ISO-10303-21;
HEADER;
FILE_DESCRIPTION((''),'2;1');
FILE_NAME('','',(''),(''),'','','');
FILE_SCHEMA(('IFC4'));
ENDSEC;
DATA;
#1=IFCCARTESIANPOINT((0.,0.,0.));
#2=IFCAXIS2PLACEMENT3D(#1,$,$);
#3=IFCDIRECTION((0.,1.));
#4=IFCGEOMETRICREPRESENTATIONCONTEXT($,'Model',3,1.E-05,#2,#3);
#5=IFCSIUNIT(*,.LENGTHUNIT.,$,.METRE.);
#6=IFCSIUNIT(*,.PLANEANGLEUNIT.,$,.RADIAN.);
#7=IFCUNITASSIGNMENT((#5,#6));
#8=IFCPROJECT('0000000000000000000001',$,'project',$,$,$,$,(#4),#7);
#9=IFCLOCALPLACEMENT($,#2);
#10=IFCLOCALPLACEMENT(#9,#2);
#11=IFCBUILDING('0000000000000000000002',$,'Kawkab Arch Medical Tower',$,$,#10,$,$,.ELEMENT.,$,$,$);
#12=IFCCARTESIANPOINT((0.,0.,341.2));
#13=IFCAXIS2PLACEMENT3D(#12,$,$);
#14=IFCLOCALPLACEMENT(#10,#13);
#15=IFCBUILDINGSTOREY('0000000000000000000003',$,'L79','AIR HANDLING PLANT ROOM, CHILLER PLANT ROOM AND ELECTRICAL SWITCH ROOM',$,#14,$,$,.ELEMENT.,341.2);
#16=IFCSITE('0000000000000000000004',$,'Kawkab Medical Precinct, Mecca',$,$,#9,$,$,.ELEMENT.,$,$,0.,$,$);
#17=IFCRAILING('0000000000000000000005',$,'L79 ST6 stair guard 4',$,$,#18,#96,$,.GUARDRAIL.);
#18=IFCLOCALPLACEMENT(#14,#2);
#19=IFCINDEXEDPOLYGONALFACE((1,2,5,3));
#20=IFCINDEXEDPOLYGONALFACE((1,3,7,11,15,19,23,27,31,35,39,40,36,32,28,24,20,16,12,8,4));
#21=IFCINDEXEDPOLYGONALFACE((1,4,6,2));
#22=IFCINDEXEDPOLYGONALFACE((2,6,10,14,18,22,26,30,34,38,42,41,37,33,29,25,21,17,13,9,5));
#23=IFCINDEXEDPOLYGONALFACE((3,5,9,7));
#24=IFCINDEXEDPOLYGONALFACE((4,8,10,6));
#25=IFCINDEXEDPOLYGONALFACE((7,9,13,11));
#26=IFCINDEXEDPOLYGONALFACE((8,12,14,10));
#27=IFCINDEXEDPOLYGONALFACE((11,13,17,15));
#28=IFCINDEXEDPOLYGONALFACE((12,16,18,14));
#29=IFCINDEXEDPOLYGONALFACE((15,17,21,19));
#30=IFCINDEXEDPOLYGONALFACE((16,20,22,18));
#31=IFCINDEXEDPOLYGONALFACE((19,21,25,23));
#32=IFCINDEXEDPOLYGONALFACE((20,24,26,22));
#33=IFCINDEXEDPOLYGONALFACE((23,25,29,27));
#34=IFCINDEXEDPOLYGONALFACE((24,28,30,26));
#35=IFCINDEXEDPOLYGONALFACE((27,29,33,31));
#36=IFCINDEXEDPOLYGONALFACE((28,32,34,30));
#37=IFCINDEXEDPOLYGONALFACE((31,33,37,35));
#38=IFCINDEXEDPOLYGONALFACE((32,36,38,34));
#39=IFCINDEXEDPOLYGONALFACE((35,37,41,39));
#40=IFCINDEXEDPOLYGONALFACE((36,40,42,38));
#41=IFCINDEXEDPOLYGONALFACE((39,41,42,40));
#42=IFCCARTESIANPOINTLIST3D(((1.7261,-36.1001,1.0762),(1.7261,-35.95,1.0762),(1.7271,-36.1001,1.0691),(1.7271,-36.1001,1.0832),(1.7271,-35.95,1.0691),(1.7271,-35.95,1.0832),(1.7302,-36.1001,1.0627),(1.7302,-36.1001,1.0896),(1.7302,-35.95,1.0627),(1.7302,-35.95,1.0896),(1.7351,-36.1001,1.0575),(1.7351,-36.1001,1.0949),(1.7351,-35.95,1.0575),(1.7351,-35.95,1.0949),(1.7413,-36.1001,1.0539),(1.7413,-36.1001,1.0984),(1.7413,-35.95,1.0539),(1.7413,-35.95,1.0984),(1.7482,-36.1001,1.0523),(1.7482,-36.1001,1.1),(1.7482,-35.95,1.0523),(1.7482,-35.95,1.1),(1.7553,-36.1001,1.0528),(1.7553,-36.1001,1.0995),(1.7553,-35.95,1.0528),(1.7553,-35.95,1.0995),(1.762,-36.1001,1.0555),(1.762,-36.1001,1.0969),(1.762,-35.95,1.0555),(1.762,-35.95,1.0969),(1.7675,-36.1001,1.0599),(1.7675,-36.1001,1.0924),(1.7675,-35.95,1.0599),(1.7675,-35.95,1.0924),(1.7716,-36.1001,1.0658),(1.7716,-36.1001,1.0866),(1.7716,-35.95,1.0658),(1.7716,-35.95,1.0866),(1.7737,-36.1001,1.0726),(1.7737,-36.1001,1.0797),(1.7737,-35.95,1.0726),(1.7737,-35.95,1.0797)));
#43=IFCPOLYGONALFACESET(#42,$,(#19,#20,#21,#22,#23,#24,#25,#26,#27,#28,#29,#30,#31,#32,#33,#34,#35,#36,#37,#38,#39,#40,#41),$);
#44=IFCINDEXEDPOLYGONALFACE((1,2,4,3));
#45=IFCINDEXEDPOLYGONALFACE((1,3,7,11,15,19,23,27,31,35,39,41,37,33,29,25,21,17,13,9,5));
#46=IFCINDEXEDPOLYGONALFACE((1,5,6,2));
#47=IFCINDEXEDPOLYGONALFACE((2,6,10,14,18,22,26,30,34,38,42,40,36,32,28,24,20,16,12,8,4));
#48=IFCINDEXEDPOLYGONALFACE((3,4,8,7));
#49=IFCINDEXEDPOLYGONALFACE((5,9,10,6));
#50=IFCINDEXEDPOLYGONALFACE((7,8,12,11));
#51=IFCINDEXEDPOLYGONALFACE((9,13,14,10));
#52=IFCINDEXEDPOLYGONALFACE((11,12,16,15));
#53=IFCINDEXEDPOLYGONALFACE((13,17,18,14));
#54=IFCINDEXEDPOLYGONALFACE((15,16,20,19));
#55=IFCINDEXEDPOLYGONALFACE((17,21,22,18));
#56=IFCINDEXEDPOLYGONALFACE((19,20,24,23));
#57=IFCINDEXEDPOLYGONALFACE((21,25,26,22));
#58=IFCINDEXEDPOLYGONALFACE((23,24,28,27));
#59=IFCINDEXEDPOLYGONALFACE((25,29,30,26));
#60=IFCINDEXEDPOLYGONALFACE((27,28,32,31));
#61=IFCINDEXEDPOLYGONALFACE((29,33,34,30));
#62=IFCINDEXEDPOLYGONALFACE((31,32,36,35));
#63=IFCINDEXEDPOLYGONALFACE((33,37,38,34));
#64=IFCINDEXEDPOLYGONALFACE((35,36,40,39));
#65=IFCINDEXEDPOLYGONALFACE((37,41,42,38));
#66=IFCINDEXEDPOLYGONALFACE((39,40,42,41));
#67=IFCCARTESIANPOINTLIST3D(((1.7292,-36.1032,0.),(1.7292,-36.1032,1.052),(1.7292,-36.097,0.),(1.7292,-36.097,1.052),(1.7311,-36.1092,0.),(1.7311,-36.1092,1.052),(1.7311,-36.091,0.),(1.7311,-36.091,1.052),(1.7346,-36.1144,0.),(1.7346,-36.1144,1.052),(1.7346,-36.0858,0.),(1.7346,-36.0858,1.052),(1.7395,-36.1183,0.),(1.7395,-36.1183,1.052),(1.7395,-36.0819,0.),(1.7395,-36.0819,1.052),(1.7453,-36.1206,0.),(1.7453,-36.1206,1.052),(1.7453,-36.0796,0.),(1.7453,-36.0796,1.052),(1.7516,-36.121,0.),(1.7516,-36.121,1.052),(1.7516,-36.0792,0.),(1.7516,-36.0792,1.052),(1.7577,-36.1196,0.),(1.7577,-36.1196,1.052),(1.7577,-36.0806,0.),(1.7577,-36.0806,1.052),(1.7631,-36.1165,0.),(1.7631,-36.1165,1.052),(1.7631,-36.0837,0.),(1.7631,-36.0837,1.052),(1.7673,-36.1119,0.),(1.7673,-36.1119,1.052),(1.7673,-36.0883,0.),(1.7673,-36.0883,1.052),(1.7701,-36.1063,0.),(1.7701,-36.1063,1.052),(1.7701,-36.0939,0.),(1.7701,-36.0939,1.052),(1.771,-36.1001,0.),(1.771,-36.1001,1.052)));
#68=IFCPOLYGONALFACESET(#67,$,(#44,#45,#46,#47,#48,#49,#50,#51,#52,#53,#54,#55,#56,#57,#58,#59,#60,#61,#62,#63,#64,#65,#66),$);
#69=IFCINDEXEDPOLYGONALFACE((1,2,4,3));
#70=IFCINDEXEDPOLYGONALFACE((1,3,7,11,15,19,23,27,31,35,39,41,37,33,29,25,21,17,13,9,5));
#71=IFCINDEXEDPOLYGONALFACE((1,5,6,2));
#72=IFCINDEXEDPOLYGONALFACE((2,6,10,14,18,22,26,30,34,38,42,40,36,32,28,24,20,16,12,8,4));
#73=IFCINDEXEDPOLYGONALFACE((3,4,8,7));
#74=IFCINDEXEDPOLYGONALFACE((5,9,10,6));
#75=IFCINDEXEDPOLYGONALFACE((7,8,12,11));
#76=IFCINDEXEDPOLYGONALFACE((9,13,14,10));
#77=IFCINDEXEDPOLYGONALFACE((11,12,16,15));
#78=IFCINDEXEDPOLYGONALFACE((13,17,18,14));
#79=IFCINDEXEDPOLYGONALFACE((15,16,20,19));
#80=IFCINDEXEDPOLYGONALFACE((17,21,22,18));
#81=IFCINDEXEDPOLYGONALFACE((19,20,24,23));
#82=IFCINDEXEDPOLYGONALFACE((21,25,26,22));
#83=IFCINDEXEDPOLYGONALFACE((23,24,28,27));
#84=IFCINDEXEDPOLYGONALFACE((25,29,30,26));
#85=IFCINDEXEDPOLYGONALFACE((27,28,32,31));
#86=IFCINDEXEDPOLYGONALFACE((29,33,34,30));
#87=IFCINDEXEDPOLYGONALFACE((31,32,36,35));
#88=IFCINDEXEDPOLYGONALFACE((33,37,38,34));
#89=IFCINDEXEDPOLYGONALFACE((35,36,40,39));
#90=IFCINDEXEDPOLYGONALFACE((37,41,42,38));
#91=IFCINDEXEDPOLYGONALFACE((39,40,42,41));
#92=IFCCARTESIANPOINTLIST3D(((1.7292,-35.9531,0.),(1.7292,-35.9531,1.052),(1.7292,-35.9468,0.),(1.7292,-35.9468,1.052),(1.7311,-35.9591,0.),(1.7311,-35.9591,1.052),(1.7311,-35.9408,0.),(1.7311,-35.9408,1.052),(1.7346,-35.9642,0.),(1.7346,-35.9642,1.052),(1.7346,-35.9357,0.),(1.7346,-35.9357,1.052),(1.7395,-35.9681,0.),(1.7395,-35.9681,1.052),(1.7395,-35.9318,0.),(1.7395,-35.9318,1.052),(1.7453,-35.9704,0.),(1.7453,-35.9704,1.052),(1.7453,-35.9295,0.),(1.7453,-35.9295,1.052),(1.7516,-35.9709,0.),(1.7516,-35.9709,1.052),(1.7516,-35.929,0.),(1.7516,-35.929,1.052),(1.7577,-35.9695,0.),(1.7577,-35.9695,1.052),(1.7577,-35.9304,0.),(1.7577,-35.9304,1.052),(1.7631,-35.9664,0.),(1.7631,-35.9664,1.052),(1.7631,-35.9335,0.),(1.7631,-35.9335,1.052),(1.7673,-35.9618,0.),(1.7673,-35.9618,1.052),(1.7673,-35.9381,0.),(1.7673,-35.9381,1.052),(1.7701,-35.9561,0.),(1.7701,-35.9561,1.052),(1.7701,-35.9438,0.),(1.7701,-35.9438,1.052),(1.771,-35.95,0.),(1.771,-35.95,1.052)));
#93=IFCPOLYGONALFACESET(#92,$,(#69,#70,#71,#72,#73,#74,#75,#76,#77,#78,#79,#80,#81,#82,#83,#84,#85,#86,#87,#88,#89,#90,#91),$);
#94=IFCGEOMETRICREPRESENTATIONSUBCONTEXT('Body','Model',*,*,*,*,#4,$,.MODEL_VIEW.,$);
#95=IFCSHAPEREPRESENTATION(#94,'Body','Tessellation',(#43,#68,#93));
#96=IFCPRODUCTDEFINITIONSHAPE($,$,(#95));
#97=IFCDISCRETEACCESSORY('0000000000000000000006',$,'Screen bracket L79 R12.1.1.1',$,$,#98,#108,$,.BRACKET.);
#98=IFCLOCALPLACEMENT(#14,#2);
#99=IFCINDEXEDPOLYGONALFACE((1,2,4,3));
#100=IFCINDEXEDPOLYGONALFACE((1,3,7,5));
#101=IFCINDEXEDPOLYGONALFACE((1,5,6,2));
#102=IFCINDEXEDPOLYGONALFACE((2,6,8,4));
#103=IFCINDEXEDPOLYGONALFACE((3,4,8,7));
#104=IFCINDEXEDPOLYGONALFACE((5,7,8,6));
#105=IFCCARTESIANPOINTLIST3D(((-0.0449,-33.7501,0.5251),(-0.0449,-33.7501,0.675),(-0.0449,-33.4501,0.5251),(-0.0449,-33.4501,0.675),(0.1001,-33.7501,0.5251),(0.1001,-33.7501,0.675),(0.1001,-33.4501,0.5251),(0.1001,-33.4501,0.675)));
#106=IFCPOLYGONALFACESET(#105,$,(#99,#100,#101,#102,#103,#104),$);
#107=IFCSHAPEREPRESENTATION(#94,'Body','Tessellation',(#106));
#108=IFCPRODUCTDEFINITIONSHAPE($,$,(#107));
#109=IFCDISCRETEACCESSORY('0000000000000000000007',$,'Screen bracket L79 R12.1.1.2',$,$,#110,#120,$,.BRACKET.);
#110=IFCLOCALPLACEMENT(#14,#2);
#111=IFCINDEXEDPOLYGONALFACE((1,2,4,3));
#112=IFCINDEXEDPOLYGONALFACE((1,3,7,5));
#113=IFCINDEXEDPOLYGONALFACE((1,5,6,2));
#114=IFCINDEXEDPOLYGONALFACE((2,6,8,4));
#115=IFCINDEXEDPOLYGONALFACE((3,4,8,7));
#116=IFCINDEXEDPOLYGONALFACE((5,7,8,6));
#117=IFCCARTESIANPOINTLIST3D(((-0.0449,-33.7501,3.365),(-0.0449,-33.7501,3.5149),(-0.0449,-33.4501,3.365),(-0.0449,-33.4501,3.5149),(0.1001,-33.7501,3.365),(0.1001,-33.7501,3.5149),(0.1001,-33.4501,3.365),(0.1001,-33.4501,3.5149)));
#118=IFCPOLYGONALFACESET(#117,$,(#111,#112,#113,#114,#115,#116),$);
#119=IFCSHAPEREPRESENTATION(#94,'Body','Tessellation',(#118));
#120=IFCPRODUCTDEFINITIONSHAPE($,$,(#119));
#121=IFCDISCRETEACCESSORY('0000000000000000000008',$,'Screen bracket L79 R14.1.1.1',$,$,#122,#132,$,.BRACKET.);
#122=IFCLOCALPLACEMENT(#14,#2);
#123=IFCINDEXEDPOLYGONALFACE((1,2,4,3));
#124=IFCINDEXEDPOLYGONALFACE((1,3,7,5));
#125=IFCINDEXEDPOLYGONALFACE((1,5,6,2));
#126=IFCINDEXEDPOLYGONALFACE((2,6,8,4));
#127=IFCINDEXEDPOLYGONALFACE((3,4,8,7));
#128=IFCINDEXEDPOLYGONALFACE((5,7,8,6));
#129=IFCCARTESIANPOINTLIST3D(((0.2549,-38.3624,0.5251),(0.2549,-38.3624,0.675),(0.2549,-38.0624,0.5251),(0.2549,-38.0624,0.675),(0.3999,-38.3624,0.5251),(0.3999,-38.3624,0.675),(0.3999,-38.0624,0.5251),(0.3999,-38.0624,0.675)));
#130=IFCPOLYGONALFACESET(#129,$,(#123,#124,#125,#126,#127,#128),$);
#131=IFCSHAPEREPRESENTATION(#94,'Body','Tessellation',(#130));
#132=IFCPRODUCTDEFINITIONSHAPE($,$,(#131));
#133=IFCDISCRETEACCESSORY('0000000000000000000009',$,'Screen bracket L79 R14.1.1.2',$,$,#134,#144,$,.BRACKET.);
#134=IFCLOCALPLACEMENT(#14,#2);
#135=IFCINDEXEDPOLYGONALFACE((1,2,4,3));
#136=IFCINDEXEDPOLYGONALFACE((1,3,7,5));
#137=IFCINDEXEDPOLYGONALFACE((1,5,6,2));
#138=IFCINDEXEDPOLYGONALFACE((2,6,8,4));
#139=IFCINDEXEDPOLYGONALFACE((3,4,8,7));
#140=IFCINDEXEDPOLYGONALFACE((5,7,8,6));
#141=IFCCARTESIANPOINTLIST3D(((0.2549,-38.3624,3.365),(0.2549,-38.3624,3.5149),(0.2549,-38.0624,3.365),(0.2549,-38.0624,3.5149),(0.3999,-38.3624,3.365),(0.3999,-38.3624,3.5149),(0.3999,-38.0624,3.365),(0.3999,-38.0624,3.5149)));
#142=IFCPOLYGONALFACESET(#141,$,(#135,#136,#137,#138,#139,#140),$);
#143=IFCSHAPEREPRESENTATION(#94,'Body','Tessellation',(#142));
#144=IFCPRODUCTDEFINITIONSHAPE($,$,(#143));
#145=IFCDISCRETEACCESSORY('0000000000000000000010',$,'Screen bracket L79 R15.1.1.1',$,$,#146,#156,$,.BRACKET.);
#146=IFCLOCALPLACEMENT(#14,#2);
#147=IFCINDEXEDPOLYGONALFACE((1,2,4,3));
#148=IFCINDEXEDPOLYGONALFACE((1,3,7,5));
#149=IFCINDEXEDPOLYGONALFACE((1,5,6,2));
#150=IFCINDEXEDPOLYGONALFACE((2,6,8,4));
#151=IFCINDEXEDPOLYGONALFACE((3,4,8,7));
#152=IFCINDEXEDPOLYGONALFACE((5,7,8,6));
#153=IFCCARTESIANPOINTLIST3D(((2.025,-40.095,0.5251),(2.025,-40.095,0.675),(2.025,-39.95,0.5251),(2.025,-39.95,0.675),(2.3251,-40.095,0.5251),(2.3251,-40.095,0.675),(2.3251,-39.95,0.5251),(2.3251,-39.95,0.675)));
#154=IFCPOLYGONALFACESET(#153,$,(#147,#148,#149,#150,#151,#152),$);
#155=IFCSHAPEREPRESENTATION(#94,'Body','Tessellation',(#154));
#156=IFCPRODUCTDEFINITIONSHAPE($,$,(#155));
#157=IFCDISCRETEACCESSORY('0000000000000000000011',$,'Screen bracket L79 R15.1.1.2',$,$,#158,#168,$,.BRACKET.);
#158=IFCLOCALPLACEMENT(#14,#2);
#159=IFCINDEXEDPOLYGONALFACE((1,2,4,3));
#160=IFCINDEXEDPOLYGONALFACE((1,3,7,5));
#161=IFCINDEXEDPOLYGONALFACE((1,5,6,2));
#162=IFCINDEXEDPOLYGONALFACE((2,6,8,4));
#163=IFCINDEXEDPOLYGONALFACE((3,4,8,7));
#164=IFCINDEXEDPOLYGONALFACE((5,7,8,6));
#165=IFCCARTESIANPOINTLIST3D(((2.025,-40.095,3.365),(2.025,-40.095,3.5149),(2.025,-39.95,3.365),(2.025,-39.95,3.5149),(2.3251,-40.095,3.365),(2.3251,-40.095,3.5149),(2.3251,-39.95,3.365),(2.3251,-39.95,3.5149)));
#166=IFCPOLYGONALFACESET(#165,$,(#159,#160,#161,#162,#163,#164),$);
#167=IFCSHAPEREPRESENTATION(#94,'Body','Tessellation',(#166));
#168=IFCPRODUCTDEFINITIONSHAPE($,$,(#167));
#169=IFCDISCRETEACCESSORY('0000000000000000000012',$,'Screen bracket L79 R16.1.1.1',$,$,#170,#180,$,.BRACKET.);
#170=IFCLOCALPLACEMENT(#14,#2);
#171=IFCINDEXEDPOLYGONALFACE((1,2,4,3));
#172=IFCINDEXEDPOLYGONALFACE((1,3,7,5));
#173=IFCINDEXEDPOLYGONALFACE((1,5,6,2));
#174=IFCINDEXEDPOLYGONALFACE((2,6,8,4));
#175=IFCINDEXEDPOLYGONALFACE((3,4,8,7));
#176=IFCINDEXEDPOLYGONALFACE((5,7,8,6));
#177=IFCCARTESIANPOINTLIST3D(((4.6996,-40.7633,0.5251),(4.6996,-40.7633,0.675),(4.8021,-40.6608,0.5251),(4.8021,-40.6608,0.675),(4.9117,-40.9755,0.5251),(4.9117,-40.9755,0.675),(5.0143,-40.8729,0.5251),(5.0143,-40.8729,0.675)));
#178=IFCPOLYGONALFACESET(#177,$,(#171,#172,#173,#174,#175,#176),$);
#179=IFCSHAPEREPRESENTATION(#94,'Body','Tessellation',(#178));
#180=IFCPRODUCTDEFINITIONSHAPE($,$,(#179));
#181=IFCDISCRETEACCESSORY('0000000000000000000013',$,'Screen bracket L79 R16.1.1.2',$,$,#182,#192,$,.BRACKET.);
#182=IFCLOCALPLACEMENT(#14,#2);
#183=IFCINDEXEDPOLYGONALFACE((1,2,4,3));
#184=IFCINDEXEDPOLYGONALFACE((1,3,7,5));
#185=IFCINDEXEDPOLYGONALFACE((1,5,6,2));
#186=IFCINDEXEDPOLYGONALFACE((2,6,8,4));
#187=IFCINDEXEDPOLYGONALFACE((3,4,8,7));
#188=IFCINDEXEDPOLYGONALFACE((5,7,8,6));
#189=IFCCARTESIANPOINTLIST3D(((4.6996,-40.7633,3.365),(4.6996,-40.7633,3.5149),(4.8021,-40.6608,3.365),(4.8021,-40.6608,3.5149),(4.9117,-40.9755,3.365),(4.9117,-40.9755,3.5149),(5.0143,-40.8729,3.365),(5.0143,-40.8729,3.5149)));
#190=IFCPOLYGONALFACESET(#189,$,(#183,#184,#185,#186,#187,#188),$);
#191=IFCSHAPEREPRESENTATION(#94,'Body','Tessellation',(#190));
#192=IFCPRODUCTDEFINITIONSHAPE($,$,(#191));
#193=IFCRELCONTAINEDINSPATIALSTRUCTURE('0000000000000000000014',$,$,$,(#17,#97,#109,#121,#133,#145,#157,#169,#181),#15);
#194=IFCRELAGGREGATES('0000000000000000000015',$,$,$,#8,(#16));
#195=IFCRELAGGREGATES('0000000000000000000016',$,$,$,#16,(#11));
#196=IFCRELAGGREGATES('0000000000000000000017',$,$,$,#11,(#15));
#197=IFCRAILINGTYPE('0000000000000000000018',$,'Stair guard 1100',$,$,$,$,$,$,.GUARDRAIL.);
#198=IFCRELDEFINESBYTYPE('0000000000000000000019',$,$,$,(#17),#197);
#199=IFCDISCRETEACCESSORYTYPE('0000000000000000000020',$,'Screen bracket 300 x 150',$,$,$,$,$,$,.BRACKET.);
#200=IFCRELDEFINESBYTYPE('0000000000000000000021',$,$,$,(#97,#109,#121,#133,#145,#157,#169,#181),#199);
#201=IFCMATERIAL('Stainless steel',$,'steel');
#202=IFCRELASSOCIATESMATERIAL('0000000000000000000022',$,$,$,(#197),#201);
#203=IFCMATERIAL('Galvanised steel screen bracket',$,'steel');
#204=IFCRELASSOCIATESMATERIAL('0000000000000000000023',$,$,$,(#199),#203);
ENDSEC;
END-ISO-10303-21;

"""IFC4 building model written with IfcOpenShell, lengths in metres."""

from ifc_helpers import new_model, si_unit, direction, frame, origin, origin_2d, place, context, subcontext, project, spatial, rectangle, circle, extrude, material, type_object, element, save


model = new_model("IFC4")

# Units and contexts
model_context = context("Model", 3, precision=1e-05, world=origin(), true_north=direction((0.0, 1.0)))
body_context = subcontext(model_context, "Body", "Model", "MODEL_VIEW")
ifc_project = project(units=[si_unit("LENGTHUNIT", "METRE"), si_unit("PLANEANGLEUNIT", "RADIAN")], contexts=[model_context])

# Site, building, storey
site_placement = place(None, origin())
site = spatial("IfcSite", under=ifc_project, at=site_placement, Name="Kawkab Medical Precinct, Mecca", CompositionType="ELEMENT", RefElevation=0.0)
building_placement = place(site_placement, origin())
building = spatial("IfcBuilding", under=site, at=building_placement, Name="Kawkab Arch Medical Tower", CompositionType="ELEMENT")
storey_placement = place(building_placement, frame((0.0, 0.0, 341.2)))
storey = spatial("IfcBuildingStorey", under=building, at=storey_placement, Name="L79", Description="AIR HANDLING PLANT ROOM, CHILLER PLANT ROOM AND ELECTRICAL SWITCH ROOM", CompositionType="ELEMENT", Elevation=341.2)

# Railing
ifc_material_1 = material(Name="Stainless steel", Category="steel")
railing_type = type_object("IfcRailingType", Name="Stair guard 1100", PredefinedType="GUARDRAIL", material=ifc_material_1)
railing_1_placement = place(storey_placement, frame((1.75, -36.1001, 0.0)))
element("IfcRailing", 1, at=railing_1_placement, inside=storey, type_object=railing_type, Name="L79 ST6 stair guard 4", PredefinedType="GUARDRAIL", context=body_context, shape_type="SweptSolid", body=[
    extrude(circle(Radius=0.0239, at=origin_2d()), frame((0.0, 0.0, 1.0762), z_axis=(0.0, 1.0, 0.0), x_axis=(-1.0, 0.0, 0.0)), (0.0, 0.0, 1.0), 0.1501),
    extrude(circle(Radius=0.021, at=origin_2d()), origin(), (0.0, 0.0, 1.0), 1.052),
    extrude(circle(Radius=0.021, at=origin_2d()), frame((0.0, 0.1501, 0.0)), (0.0, 0.0, 1.0), 1.052),
])

# Discrete accessories
ifc_material_2 = material(Name="Galvanised steel screen bracket", Category="steel")
discrete_accessory_type = type_object("IfcDiscreteAccessoryType", Name="Screen bracket 300 x 150", PredefinedType="BRACKET", material=ifc_material_2)
for number, where, z_axis, x_axis, name in (
    (2, (0.0276, -33.6001, 0.5251), (0.0, 0.0, 1.0), (0.0, -1.0, 0.0), "Screen bracket L79 R12.1.1.1"),
    (3, (0.0276, -33.6001, 3.365), (0.0, 0.0, 1.0), (0.0, -1.0, 0.0), "Screen bracket L79 R12.1.1.2"),
    (4, (0.3274, -38.2124, 0.5251), (0.0, 0.0, 1.0), (0.0, -1.0, 0.0), "Screen bracket L79 R14.1.1.1"),
    (5, (0.3274, -38.2124, 3.365), (0.0, 0.0, 1.0), (0.0, -1.0, 0.0), "Screen bracket L79 R14.1.1.2"),
    (6, (2.175, -40.0225, 0.5251), (0.0, 0.0, 1.0), (1.0, 0.0, 0.0), "Screen bracket L79 R15.1.1.1"),
    (7, (2.175, -40.0225, 3.365), (0.0, 0.0, 1.0), (1.0, 0.0, 0.0), "Screen bracket L79 R15.1.1.2"),
    (8, (4.8569, -40.8181, 0.5251), (0.0, 0.0, 1.0), (0.707107, -0.707107, 0.0), "Screen bracket L79 R16.1.1.1"),
    (9, (4.8569, -40.8181, 3.365), (0.0, 0.0, 1.0), (0.707107, -0.707107, 0.0), "Screen bracket L79 R16.1.1.2"),
):
    element("IfcDiscreteAccessory", number, at=place(storey_placement, frame(where, z_axis=z_axis, x_axis=x_axis)), inside=storey, type_object=discrete_accessory_type, Name=name, PredefinedType="BRACKET", context=body_context, shape_type="SweptSolid", body=[
        extrude(rectangle(XDim=0.3, YDim=0.145, at=origin_2d()), origin(), (0.0, 0.0, 1.0), 0.1499),
    ])

save(model, "model.ifc")
